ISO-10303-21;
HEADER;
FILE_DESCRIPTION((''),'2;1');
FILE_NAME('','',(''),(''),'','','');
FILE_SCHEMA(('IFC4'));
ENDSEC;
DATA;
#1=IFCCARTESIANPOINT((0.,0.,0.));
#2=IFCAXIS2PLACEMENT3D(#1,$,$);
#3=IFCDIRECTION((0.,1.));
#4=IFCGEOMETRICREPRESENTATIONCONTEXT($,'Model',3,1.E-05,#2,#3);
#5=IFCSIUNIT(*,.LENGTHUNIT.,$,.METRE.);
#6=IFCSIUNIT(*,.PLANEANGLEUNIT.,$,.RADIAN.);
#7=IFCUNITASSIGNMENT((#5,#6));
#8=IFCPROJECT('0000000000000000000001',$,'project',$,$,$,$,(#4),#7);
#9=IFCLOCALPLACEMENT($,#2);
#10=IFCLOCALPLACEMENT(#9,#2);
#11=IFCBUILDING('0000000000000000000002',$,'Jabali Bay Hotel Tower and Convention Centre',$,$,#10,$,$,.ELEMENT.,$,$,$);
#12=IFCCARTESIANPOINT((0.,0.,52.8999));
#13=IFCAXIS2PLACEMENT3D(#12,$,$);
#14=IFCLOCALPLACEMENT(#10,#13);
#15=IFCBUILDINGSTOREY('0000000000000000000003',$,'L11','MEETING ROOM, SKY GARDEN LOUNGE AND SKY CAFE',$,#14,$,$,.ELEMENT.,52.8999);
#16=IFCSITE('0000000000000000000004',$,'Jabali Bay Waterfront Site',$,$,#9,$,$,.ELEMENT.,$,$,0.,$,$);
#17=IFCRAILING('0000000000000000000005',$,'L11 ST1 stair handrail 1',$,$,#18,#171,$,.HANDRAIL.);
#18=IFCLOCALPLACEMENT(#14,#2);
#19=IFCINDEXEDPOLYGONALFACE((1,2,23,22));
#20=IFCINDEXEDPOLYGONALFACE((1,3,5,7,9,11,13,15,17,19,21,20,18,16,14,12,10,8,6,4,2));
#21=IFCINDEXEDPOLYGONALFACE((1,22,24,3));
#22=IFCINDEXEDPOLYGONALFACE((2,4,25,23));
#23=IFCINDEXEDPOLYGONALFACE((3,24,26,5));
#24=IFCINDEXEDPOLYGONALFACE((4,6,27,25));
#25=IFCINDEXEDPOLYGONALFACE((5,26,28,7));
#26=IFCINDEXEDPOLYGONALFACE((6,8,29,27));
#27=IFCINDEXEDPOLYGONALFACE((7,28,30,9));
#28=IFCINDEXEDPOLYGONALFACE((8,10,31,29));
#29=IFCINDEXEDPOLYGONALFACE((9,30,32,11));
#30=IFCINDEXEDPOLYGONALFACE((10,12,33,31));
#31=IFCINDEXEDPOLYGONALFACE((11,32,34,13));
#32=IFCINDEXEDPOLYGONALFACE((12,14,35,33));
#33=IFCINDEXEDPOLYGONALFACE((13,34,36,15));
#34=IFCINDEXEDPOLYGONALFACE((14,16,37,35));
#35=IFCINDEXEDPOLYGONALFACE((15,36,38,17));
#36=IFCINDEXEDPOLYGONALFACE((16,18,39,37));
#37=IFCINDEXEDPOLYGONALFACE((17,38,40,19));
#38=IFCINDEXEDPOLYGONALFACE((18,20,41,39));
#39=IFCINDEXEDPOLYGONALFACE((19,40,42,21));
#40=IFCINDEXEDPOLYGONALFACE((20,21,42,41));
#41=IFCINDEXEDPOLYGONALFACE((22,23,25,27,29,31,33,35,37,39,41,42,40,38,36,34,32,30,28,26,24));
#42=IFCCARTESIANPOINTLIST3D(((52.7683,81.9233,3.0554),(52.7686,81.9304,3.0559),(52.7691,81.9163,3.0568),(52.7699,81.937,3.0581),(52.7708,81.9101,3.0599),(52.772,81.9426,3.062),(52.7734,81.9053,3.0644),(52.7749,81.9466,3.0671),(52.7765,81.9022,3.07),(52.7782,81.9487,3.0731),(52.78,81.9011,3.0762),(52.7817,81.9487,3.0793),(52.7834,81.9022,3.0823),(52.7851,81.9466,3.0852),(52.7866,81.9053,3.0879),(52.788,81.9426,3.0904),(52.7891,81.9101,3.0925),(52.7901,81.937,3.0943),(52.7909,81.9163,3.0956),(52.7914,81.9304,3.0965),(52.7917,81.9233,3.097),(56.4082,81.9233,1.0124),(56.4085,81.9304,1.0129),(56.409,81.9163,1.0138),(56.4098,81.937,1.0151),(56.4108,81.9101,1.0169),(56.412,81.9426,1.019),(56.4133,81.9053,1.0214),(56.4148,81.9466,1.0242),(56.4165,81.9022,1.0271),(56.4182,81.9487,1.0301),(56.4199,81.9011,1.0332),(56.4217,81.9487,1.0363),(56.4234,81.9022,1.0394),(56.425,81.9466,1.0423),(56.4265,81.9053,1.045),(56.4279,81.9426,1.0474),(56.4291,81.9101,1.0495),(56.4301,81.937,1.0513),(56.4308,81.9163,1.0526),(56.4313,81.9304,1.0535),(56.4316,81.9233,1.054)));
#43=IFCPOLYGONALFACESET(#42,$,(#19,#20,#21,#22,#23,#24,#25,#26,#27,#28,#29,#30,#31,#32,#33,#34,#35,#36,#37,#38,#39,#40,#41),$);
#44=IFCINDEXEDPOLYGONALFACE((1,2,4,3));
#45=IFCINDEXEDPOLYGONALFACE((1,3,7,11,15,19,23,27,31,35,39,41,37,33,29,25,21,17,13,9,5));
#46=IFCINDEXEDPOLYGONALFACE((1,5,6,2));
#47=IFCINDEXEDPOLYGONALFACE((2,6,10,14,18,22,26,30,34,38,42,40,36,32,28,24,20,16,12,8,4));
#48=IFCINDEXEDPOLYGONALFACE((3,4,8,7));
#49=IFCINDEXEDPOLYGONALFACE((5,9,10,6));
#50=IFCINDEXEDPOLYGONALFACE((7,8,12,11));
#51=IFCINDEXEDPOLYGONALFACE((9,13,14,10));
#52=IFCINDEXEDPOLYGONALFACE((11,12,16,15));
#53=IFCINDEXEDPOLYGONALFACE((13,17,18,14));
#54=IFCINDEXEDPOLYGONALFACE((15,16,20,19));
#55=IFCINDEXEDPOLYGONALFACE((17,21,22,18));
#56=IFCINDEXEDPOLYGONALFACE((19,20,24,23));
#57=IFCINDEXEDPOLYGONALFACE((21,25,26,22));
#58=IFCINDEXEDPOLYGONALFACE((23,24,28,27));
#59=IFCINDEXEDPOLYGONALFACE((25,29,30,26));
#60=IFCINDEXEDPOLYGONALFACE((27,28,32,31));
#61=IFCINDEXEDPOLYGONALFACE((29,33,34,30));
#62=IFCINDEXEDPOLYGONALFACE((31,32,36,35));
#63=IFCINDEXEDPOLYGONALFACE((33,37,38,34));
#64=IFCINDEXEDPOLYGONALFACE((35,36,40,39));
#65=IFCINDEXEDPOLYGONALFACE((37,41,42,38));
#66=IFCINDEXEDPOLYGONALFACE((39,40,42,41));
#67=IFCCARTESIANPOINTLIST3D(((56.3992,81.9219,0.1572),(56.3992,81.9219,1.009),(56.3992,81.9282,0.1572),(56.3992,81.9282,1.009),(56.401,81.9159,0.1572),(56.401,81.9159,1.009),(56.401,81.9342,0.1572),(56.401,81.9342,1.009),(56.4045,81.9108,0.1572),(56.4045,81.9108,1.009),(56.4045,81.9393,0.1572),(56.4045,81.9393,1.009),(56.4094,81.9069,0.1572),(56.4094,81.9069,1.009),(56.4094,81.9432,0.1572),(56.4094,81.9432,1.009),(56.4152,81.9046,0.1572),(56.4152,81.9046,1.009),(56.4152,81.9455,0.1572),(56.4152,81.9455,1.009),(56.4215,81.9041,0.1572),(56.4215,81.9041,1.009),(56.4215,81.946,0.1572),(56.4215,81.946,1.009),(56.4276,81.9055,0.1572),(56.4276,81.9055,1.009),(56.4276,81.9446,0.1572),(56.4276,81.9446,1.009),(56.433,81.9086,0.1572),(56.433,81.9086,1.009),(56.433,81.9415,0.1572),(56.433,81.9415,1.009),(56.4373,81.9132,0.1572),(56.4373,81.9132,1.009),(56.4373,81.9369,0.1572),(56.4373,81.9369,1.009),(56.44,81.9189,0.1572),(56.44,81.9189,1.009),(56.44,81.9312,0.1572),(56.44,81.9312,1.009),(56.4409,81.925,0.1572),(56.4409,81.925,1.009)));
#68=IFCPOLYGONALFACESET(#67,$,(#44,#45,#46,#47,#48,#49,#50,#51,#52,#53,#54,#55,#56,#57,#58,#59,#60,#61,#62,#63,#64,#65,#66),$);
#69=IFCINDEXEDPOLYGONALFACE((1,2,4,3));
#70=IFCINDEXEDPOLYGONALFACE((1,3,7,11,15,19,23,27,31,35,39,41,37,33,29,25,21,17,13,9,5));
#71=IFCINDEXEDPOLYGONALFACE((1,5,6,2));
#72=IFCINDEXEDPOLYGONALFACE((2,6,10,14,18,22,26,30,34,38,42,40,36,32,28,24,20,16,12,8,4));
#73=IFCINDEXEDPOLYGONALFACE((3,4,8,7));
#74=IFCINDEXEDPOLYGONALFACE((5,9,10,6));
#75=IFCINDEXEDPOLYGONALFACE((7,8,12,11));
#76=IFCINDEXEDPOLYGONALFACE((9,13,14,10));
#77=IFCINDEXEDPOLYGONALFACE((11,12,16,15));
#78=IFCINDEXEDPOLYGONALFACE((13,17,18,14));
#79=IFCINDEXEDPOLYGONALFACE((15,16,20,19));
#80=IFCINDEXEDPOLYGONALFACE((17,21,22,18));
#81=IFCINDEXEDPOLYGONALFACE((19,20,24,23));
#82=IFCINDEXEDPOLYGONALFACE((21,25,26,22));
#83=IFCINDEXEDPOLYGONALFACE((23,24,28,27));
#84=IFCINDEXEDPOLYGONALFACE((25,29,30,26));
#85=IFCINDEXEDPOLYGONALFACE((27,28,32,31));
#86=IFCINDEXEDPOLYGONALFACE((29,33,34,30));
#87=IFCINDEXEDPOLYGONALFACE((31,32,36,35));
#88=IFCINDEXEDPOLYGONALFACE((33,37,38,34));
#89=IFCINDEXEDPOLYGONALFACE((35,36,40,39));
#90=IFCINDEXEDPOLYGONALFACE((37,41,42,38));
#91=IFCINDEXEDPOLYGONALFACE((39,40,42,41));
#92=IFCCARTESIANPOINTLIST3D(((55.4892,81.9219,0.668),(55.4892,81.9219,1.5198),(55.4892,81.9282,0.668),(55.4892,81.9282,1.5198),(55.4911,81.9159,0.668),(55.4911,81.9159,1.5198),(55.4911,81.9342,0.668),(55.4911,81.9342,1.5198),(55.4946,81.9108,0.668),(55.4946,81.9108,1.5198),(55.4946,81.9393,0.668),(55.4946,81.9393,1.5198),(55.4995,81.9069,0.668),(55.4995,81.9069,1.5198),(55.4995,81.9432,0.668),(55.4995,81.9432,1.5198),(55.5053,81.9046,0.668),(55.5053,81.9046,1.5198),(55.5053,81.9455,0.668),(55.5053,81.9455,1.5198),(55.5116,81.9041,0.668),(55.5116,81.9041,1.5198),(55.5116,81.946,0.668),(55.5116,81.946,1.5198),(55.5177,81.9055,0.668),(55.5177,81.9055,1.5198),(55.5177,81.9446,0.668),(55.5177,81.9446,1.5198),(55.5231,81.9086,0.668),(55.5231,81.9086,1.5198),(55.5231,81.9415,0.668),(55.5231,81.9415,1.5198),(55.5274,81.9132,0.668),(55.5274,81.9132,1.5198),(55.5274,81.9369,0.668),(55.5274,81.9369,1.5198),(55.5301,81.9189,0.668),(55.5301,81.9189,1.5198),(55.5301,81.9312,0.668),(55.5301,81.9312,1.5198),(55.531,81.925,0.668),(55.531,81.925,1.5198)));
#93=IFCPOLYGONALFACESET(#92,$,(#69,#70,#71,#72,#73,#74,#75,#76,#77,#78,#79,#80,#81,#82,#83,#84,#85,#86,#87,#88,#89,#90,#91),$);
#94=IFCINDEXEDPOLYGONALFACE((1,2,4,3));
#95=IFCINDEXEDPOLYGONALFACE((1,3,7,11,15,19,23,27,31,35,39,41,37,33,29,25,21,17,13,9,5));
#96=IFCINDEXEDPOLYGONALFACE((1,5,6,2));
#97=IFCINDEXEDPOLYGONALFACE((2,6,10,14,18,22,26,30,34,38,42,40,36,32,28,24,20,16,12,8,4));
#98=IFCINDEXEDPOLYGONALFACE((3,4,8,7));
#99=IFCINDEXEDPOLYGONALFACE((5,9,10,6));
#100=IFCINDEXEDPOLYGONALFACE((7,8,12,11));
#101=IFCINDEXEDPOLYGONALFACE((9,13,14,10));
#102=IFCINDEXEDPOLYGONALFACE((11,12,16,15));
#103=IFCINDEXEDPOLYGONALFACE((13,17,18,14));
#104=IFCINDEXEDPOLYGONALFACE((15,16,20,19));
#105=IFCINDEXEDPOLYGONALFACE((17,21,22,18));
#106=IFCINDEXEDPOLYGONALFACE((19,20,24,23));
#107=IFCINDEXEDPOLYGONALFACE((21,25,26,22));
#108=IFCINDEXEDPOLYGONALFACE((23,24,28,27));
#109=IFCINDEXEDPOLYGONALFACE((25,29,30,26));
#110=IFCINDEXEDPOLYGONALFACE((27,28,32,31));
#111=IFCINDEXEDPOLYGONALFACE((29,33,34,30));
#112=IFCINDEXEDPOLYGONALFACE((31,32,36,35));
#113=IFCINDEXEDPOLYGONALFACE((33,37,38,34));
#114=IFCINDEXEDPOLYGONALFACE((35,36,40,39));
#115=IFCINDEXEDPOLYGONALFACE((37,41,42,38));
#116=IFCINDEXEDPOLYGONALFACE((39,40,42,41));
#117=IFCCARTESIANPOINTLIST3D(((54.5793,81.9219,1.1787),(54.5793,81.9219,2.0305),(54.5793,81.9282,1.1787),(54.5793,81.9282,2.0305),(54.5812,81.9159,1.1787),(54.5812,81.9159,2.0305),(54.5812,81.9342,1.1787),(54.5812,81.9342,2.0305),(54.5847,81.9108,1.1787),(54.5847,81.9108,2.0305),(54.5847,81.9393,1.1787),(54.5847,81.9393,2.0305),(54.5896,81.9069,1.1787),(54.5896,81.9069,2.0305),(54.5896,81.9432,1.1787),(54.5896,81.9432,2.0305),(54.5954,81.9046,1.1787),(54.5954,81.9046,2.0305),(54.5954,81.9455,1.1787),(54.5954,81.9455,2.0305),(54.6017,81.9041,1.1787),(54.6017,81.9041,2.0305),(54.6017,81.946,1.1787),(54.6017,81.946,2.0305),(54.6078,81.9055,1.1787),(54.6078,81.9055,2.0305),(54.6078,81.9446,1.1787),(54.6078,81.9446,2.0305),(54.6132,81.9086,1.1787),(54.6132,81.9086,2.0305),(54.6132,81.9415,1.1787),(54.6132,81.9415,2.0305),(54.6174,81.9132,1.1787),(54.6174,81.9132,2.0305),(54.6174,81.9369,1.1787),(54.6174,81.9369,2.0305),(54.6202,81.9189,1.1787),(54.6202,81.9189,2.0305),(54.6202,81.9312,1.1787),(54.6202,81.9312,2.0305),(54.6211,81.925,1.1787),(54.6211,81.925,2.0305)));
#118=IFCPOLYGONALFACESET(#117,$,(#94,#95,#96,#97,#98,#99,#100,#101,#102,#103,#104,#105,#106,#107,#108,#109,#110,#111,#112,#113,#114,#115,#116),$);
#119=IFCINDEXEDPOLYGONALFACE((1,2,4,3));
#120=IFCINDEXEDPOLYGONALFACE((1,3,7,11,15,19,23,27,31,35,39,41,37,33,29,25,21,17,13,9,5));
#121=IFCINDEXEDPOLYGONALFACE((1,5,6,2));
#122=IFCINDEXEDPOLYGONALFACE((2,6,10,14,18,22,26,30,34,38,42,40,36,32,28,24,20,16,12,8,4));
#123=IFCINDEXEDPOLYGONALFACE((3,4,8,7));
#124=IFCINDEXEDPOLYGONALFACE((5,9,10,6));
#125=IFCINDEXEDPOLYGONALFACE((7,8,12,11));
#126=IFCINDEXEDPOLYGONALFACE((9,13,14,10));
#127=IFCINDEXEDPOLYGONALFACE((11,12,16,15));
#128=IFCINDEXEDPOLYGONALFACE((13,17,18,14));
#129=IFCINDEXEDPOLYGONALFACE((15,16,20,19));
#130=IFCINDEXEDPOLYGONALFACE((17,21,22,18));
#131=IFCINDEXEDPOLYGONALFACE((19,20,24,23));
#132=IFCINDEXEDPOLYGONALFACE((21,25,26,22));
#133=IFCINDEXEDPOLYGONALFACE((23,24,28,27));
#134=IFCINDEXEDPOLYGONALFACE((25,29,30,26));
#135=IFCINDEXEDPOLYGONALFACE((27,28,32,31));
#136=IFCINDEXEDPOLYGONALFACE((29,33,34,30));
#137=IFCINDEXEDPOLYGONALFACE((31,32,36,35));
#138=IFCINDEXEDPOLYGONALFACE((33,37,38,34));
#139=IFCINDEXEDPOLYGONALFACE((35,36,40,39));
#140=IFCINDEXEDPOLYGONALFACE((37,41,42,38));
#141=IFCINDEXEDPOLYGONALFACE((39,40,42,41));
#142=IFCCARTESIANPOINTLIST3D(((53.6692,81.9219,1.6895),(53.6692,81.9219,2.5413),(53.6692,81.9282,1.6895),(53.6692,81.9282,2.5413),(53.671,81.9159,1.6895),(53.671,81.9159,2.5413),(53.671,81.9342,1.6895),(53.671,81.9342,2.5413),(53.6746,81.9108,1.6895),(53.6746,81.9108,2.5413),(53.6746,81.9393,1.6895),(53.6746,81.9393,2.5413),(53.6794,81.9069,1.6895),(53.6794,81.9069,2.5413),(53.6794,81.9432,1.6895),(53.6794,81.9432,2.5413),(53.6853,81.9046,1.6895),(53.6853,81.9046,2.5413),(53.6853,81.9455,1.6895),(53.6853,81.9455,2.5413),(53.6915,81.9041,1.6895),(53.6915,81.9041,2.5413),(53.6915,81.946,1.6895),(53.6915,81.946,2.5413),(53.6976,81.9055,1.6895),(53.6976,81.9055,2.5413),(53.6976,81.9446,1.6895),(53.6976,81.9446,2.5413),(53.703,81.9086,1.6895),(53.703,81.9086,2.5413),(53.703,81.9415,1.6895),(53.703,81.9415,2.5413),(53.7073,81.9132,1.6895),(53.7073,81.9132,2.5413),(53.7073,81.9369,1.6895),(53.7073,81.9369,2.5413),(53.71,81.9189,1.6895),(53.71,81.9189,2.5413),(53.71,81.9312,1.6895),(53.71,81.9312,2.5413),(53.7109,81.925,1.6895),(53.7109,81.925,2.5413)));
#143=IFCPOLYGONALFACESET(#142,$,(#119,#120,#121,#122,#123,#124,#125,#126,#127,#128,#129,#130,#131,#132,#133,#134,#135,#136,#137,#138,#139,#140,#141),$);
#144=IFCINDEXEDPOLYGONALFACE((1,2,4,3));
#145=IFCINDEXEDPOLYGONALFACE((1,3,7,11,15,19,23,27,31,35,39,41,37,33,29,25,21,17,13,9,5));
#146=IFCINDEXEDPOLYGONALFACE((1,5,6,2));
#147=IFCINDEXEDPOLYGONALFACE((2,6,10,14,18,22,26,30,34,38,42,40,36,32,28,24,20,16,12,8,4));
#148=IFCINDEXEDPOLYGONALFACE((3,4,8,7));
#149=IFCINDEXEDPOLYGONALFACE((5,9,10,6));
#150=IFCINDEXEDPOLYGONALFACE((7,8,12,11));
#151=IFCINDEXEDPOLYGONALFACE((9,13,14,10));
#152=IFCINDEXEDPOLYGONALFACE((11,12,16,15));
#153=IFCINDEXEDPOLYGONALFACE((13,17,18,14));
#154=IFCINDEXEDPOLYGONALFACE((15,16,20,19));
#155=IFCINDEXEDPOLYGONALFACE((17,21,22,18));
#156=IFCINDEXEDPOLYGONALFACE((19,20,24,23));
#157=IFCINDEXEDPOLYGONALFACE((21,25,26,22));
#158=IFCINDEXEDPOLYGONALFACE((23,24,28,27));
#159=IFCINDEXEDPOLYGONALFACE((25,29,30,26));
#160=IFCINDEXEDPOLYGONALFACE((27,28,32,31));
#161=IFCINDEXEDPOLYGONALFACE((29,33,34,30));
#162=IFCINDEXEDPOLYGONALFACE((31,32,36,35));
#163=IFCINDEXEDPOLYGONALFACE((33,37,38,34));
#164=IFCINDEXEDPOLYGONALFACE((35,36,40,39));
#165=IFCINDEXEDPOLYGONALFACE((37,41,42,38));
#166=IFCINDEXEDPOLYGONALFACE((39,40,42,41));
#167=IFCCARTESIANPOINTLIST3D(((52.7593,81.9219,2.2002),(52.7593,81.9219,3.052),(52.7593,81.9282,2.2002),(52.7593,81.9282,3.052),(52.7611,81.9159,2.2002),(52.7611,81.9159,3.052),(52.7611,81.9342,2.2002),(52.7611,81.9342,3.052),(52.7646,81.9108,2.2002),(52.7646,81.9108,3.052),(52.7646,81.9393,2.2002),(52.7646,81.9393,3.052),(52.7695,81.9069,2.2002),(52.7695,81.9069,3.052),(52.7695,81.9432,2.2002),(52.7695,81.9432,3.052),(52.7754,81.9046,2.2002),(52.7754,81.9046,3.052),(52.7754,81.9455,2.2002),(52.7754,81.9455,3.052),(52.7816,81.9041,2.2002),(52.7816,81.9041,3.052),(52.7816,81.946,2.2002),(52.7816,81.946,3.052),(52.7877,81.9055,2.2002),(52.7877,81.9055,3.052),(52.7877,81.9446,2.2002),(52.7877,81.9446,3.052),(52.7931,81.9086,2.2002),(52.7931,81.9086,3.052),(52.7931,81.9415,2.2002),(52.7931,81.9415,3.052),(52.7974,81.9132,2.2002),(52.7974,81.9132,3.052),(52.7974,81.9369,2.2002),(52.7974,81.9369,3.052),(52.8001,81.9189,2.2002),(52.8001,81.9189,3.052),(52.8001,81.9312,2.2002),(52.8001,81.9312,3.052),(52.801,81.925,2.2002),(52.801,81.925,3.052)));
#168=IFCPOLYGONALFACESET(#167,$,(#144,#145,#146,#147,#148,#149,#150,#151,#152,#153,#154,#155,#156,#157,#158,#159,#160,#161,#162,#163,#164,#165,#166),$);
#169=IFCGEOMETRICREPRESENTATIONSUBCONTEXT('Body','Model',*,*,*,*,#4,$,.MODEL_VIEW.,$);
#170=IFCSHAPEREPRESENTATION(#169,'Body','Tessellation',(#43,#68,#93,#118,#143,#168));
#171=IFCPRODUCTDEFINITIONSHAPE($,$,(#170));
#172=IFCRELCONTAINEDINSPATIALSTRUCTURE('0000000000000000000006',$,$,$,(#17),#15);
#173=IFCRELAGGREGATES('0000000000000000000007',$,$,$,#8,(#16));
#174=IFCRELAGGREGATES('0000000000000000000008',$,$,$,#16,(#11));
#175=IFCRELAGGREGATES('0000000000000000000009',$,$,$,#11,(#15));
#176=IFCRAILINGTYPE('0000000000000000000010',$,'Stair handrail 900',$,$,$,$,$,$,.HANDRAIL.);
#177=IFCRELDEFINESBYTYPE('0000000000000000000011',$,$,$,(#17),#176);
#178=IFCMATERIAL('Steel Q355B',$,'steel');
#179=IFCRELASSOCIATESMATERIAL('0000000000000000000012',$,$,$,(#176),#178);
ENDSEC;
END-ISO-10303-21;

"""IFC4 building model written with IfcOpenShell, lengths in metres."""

from ifc_helpers import new_model, si_unit, direction, frame, origin, origin_2d, place, context, subcontext, project, spatial, circle, extrude, material, type_object, element, save


model = new_model("IFC4")

# Units and contexts
model_context = context("Model", 3, precision=1e-05, world=origin(), true_north=direction((0.0, 1.0)))
body_context = subcontext(model_context, "Body", "Model", "MODEL_VIEW")
ifc_project = project(units=[si_unit("LENGTHUNIT", "METRE"), si_unit("PLANEANGLEUNIT", "RADIAN")], contexts=[model_context])

# Site, building, storey
site_placement = place(None, origin())
site = spatial("IfcSite", under=ifc_project, at=site_placement, Name="Jabali Bay Waterfront Site", CompositionType="ELEMENT", RefElevation=0.0)
building_placement = place(site_placement, origin())
building = spatial("IfcBuilding", under=site, at=building_placement, Name="Jabali Bay Hotel Tower and Convention Centre", CompositionType="ELEMENT")
storey_placement = place(building_placement, frame((0.0, 0.0, 52.8999)))
storey = spatial("IfcBuildingStorey", under=building, at=storey_placement, Name="L11", Description="MEETING ROOM, SKY GARDEN LOUNGE AND SKY CAFE", CompositionType="ELEMENT", Elevation=52.8999)

# Railing
ifc_material_1 = material(Name="Steel Q355B", Category="steel")
railing_type = type_object("IfcRailingType", Name="Stair handrail 900", PredefinedType="HANDRAIL", material=ifc_material_1)
railing_placement = place(storey_placement, frame((56.4199, 81.925, 0.1572)))
element("IfcRailing", 1, at=railing_placement, inside=storey, type_object=railing_type, Name="L11 ST1 stair handrail 1", PredefinedType="HANDRAIL", context=body_context, shape_type="SweptSolid", body=[
    extrude(circle(Radius=0.0239, at=origin_2d()), frame((0.0, 0.0, 0.876), z_axis=(-0.872033, 0.0, 0.489447), x_axis=(0.0, -1.0, 0.0)), (0.0, 0.0, 1.0), 4.1741),
    extrude(circle(Radius=0.021, at=origin_2d()), origin(), (0.0, 0.0, 1.0), 0.8518),
    extrude(circle(Radius=0.021, at=origin_2d()), frame((-0.9099, 0.0, 0.5107)), (0.0, 0.0, 1.0), 0.8518),
    extrude(circle(Radius=0.021, at=origin_2d()), frame((-1.8198, 0.0, 1.0215)), (0.0, 0.0, 1.0), 0.8518),
    extrude(circle(Radius=0.021, at=origin_2d()), frame((-2.73, 0.0, 1.5322)), (0.0, 0.0, 1.0), 0.8518),
    extrude(circle(Radius=0.021, at=origin_2d()), frame((-3.6399, 0.0, 2.043)), (0.0, 0.0, 1.0), 0.8518),
])

save(model, "model.ifc")
